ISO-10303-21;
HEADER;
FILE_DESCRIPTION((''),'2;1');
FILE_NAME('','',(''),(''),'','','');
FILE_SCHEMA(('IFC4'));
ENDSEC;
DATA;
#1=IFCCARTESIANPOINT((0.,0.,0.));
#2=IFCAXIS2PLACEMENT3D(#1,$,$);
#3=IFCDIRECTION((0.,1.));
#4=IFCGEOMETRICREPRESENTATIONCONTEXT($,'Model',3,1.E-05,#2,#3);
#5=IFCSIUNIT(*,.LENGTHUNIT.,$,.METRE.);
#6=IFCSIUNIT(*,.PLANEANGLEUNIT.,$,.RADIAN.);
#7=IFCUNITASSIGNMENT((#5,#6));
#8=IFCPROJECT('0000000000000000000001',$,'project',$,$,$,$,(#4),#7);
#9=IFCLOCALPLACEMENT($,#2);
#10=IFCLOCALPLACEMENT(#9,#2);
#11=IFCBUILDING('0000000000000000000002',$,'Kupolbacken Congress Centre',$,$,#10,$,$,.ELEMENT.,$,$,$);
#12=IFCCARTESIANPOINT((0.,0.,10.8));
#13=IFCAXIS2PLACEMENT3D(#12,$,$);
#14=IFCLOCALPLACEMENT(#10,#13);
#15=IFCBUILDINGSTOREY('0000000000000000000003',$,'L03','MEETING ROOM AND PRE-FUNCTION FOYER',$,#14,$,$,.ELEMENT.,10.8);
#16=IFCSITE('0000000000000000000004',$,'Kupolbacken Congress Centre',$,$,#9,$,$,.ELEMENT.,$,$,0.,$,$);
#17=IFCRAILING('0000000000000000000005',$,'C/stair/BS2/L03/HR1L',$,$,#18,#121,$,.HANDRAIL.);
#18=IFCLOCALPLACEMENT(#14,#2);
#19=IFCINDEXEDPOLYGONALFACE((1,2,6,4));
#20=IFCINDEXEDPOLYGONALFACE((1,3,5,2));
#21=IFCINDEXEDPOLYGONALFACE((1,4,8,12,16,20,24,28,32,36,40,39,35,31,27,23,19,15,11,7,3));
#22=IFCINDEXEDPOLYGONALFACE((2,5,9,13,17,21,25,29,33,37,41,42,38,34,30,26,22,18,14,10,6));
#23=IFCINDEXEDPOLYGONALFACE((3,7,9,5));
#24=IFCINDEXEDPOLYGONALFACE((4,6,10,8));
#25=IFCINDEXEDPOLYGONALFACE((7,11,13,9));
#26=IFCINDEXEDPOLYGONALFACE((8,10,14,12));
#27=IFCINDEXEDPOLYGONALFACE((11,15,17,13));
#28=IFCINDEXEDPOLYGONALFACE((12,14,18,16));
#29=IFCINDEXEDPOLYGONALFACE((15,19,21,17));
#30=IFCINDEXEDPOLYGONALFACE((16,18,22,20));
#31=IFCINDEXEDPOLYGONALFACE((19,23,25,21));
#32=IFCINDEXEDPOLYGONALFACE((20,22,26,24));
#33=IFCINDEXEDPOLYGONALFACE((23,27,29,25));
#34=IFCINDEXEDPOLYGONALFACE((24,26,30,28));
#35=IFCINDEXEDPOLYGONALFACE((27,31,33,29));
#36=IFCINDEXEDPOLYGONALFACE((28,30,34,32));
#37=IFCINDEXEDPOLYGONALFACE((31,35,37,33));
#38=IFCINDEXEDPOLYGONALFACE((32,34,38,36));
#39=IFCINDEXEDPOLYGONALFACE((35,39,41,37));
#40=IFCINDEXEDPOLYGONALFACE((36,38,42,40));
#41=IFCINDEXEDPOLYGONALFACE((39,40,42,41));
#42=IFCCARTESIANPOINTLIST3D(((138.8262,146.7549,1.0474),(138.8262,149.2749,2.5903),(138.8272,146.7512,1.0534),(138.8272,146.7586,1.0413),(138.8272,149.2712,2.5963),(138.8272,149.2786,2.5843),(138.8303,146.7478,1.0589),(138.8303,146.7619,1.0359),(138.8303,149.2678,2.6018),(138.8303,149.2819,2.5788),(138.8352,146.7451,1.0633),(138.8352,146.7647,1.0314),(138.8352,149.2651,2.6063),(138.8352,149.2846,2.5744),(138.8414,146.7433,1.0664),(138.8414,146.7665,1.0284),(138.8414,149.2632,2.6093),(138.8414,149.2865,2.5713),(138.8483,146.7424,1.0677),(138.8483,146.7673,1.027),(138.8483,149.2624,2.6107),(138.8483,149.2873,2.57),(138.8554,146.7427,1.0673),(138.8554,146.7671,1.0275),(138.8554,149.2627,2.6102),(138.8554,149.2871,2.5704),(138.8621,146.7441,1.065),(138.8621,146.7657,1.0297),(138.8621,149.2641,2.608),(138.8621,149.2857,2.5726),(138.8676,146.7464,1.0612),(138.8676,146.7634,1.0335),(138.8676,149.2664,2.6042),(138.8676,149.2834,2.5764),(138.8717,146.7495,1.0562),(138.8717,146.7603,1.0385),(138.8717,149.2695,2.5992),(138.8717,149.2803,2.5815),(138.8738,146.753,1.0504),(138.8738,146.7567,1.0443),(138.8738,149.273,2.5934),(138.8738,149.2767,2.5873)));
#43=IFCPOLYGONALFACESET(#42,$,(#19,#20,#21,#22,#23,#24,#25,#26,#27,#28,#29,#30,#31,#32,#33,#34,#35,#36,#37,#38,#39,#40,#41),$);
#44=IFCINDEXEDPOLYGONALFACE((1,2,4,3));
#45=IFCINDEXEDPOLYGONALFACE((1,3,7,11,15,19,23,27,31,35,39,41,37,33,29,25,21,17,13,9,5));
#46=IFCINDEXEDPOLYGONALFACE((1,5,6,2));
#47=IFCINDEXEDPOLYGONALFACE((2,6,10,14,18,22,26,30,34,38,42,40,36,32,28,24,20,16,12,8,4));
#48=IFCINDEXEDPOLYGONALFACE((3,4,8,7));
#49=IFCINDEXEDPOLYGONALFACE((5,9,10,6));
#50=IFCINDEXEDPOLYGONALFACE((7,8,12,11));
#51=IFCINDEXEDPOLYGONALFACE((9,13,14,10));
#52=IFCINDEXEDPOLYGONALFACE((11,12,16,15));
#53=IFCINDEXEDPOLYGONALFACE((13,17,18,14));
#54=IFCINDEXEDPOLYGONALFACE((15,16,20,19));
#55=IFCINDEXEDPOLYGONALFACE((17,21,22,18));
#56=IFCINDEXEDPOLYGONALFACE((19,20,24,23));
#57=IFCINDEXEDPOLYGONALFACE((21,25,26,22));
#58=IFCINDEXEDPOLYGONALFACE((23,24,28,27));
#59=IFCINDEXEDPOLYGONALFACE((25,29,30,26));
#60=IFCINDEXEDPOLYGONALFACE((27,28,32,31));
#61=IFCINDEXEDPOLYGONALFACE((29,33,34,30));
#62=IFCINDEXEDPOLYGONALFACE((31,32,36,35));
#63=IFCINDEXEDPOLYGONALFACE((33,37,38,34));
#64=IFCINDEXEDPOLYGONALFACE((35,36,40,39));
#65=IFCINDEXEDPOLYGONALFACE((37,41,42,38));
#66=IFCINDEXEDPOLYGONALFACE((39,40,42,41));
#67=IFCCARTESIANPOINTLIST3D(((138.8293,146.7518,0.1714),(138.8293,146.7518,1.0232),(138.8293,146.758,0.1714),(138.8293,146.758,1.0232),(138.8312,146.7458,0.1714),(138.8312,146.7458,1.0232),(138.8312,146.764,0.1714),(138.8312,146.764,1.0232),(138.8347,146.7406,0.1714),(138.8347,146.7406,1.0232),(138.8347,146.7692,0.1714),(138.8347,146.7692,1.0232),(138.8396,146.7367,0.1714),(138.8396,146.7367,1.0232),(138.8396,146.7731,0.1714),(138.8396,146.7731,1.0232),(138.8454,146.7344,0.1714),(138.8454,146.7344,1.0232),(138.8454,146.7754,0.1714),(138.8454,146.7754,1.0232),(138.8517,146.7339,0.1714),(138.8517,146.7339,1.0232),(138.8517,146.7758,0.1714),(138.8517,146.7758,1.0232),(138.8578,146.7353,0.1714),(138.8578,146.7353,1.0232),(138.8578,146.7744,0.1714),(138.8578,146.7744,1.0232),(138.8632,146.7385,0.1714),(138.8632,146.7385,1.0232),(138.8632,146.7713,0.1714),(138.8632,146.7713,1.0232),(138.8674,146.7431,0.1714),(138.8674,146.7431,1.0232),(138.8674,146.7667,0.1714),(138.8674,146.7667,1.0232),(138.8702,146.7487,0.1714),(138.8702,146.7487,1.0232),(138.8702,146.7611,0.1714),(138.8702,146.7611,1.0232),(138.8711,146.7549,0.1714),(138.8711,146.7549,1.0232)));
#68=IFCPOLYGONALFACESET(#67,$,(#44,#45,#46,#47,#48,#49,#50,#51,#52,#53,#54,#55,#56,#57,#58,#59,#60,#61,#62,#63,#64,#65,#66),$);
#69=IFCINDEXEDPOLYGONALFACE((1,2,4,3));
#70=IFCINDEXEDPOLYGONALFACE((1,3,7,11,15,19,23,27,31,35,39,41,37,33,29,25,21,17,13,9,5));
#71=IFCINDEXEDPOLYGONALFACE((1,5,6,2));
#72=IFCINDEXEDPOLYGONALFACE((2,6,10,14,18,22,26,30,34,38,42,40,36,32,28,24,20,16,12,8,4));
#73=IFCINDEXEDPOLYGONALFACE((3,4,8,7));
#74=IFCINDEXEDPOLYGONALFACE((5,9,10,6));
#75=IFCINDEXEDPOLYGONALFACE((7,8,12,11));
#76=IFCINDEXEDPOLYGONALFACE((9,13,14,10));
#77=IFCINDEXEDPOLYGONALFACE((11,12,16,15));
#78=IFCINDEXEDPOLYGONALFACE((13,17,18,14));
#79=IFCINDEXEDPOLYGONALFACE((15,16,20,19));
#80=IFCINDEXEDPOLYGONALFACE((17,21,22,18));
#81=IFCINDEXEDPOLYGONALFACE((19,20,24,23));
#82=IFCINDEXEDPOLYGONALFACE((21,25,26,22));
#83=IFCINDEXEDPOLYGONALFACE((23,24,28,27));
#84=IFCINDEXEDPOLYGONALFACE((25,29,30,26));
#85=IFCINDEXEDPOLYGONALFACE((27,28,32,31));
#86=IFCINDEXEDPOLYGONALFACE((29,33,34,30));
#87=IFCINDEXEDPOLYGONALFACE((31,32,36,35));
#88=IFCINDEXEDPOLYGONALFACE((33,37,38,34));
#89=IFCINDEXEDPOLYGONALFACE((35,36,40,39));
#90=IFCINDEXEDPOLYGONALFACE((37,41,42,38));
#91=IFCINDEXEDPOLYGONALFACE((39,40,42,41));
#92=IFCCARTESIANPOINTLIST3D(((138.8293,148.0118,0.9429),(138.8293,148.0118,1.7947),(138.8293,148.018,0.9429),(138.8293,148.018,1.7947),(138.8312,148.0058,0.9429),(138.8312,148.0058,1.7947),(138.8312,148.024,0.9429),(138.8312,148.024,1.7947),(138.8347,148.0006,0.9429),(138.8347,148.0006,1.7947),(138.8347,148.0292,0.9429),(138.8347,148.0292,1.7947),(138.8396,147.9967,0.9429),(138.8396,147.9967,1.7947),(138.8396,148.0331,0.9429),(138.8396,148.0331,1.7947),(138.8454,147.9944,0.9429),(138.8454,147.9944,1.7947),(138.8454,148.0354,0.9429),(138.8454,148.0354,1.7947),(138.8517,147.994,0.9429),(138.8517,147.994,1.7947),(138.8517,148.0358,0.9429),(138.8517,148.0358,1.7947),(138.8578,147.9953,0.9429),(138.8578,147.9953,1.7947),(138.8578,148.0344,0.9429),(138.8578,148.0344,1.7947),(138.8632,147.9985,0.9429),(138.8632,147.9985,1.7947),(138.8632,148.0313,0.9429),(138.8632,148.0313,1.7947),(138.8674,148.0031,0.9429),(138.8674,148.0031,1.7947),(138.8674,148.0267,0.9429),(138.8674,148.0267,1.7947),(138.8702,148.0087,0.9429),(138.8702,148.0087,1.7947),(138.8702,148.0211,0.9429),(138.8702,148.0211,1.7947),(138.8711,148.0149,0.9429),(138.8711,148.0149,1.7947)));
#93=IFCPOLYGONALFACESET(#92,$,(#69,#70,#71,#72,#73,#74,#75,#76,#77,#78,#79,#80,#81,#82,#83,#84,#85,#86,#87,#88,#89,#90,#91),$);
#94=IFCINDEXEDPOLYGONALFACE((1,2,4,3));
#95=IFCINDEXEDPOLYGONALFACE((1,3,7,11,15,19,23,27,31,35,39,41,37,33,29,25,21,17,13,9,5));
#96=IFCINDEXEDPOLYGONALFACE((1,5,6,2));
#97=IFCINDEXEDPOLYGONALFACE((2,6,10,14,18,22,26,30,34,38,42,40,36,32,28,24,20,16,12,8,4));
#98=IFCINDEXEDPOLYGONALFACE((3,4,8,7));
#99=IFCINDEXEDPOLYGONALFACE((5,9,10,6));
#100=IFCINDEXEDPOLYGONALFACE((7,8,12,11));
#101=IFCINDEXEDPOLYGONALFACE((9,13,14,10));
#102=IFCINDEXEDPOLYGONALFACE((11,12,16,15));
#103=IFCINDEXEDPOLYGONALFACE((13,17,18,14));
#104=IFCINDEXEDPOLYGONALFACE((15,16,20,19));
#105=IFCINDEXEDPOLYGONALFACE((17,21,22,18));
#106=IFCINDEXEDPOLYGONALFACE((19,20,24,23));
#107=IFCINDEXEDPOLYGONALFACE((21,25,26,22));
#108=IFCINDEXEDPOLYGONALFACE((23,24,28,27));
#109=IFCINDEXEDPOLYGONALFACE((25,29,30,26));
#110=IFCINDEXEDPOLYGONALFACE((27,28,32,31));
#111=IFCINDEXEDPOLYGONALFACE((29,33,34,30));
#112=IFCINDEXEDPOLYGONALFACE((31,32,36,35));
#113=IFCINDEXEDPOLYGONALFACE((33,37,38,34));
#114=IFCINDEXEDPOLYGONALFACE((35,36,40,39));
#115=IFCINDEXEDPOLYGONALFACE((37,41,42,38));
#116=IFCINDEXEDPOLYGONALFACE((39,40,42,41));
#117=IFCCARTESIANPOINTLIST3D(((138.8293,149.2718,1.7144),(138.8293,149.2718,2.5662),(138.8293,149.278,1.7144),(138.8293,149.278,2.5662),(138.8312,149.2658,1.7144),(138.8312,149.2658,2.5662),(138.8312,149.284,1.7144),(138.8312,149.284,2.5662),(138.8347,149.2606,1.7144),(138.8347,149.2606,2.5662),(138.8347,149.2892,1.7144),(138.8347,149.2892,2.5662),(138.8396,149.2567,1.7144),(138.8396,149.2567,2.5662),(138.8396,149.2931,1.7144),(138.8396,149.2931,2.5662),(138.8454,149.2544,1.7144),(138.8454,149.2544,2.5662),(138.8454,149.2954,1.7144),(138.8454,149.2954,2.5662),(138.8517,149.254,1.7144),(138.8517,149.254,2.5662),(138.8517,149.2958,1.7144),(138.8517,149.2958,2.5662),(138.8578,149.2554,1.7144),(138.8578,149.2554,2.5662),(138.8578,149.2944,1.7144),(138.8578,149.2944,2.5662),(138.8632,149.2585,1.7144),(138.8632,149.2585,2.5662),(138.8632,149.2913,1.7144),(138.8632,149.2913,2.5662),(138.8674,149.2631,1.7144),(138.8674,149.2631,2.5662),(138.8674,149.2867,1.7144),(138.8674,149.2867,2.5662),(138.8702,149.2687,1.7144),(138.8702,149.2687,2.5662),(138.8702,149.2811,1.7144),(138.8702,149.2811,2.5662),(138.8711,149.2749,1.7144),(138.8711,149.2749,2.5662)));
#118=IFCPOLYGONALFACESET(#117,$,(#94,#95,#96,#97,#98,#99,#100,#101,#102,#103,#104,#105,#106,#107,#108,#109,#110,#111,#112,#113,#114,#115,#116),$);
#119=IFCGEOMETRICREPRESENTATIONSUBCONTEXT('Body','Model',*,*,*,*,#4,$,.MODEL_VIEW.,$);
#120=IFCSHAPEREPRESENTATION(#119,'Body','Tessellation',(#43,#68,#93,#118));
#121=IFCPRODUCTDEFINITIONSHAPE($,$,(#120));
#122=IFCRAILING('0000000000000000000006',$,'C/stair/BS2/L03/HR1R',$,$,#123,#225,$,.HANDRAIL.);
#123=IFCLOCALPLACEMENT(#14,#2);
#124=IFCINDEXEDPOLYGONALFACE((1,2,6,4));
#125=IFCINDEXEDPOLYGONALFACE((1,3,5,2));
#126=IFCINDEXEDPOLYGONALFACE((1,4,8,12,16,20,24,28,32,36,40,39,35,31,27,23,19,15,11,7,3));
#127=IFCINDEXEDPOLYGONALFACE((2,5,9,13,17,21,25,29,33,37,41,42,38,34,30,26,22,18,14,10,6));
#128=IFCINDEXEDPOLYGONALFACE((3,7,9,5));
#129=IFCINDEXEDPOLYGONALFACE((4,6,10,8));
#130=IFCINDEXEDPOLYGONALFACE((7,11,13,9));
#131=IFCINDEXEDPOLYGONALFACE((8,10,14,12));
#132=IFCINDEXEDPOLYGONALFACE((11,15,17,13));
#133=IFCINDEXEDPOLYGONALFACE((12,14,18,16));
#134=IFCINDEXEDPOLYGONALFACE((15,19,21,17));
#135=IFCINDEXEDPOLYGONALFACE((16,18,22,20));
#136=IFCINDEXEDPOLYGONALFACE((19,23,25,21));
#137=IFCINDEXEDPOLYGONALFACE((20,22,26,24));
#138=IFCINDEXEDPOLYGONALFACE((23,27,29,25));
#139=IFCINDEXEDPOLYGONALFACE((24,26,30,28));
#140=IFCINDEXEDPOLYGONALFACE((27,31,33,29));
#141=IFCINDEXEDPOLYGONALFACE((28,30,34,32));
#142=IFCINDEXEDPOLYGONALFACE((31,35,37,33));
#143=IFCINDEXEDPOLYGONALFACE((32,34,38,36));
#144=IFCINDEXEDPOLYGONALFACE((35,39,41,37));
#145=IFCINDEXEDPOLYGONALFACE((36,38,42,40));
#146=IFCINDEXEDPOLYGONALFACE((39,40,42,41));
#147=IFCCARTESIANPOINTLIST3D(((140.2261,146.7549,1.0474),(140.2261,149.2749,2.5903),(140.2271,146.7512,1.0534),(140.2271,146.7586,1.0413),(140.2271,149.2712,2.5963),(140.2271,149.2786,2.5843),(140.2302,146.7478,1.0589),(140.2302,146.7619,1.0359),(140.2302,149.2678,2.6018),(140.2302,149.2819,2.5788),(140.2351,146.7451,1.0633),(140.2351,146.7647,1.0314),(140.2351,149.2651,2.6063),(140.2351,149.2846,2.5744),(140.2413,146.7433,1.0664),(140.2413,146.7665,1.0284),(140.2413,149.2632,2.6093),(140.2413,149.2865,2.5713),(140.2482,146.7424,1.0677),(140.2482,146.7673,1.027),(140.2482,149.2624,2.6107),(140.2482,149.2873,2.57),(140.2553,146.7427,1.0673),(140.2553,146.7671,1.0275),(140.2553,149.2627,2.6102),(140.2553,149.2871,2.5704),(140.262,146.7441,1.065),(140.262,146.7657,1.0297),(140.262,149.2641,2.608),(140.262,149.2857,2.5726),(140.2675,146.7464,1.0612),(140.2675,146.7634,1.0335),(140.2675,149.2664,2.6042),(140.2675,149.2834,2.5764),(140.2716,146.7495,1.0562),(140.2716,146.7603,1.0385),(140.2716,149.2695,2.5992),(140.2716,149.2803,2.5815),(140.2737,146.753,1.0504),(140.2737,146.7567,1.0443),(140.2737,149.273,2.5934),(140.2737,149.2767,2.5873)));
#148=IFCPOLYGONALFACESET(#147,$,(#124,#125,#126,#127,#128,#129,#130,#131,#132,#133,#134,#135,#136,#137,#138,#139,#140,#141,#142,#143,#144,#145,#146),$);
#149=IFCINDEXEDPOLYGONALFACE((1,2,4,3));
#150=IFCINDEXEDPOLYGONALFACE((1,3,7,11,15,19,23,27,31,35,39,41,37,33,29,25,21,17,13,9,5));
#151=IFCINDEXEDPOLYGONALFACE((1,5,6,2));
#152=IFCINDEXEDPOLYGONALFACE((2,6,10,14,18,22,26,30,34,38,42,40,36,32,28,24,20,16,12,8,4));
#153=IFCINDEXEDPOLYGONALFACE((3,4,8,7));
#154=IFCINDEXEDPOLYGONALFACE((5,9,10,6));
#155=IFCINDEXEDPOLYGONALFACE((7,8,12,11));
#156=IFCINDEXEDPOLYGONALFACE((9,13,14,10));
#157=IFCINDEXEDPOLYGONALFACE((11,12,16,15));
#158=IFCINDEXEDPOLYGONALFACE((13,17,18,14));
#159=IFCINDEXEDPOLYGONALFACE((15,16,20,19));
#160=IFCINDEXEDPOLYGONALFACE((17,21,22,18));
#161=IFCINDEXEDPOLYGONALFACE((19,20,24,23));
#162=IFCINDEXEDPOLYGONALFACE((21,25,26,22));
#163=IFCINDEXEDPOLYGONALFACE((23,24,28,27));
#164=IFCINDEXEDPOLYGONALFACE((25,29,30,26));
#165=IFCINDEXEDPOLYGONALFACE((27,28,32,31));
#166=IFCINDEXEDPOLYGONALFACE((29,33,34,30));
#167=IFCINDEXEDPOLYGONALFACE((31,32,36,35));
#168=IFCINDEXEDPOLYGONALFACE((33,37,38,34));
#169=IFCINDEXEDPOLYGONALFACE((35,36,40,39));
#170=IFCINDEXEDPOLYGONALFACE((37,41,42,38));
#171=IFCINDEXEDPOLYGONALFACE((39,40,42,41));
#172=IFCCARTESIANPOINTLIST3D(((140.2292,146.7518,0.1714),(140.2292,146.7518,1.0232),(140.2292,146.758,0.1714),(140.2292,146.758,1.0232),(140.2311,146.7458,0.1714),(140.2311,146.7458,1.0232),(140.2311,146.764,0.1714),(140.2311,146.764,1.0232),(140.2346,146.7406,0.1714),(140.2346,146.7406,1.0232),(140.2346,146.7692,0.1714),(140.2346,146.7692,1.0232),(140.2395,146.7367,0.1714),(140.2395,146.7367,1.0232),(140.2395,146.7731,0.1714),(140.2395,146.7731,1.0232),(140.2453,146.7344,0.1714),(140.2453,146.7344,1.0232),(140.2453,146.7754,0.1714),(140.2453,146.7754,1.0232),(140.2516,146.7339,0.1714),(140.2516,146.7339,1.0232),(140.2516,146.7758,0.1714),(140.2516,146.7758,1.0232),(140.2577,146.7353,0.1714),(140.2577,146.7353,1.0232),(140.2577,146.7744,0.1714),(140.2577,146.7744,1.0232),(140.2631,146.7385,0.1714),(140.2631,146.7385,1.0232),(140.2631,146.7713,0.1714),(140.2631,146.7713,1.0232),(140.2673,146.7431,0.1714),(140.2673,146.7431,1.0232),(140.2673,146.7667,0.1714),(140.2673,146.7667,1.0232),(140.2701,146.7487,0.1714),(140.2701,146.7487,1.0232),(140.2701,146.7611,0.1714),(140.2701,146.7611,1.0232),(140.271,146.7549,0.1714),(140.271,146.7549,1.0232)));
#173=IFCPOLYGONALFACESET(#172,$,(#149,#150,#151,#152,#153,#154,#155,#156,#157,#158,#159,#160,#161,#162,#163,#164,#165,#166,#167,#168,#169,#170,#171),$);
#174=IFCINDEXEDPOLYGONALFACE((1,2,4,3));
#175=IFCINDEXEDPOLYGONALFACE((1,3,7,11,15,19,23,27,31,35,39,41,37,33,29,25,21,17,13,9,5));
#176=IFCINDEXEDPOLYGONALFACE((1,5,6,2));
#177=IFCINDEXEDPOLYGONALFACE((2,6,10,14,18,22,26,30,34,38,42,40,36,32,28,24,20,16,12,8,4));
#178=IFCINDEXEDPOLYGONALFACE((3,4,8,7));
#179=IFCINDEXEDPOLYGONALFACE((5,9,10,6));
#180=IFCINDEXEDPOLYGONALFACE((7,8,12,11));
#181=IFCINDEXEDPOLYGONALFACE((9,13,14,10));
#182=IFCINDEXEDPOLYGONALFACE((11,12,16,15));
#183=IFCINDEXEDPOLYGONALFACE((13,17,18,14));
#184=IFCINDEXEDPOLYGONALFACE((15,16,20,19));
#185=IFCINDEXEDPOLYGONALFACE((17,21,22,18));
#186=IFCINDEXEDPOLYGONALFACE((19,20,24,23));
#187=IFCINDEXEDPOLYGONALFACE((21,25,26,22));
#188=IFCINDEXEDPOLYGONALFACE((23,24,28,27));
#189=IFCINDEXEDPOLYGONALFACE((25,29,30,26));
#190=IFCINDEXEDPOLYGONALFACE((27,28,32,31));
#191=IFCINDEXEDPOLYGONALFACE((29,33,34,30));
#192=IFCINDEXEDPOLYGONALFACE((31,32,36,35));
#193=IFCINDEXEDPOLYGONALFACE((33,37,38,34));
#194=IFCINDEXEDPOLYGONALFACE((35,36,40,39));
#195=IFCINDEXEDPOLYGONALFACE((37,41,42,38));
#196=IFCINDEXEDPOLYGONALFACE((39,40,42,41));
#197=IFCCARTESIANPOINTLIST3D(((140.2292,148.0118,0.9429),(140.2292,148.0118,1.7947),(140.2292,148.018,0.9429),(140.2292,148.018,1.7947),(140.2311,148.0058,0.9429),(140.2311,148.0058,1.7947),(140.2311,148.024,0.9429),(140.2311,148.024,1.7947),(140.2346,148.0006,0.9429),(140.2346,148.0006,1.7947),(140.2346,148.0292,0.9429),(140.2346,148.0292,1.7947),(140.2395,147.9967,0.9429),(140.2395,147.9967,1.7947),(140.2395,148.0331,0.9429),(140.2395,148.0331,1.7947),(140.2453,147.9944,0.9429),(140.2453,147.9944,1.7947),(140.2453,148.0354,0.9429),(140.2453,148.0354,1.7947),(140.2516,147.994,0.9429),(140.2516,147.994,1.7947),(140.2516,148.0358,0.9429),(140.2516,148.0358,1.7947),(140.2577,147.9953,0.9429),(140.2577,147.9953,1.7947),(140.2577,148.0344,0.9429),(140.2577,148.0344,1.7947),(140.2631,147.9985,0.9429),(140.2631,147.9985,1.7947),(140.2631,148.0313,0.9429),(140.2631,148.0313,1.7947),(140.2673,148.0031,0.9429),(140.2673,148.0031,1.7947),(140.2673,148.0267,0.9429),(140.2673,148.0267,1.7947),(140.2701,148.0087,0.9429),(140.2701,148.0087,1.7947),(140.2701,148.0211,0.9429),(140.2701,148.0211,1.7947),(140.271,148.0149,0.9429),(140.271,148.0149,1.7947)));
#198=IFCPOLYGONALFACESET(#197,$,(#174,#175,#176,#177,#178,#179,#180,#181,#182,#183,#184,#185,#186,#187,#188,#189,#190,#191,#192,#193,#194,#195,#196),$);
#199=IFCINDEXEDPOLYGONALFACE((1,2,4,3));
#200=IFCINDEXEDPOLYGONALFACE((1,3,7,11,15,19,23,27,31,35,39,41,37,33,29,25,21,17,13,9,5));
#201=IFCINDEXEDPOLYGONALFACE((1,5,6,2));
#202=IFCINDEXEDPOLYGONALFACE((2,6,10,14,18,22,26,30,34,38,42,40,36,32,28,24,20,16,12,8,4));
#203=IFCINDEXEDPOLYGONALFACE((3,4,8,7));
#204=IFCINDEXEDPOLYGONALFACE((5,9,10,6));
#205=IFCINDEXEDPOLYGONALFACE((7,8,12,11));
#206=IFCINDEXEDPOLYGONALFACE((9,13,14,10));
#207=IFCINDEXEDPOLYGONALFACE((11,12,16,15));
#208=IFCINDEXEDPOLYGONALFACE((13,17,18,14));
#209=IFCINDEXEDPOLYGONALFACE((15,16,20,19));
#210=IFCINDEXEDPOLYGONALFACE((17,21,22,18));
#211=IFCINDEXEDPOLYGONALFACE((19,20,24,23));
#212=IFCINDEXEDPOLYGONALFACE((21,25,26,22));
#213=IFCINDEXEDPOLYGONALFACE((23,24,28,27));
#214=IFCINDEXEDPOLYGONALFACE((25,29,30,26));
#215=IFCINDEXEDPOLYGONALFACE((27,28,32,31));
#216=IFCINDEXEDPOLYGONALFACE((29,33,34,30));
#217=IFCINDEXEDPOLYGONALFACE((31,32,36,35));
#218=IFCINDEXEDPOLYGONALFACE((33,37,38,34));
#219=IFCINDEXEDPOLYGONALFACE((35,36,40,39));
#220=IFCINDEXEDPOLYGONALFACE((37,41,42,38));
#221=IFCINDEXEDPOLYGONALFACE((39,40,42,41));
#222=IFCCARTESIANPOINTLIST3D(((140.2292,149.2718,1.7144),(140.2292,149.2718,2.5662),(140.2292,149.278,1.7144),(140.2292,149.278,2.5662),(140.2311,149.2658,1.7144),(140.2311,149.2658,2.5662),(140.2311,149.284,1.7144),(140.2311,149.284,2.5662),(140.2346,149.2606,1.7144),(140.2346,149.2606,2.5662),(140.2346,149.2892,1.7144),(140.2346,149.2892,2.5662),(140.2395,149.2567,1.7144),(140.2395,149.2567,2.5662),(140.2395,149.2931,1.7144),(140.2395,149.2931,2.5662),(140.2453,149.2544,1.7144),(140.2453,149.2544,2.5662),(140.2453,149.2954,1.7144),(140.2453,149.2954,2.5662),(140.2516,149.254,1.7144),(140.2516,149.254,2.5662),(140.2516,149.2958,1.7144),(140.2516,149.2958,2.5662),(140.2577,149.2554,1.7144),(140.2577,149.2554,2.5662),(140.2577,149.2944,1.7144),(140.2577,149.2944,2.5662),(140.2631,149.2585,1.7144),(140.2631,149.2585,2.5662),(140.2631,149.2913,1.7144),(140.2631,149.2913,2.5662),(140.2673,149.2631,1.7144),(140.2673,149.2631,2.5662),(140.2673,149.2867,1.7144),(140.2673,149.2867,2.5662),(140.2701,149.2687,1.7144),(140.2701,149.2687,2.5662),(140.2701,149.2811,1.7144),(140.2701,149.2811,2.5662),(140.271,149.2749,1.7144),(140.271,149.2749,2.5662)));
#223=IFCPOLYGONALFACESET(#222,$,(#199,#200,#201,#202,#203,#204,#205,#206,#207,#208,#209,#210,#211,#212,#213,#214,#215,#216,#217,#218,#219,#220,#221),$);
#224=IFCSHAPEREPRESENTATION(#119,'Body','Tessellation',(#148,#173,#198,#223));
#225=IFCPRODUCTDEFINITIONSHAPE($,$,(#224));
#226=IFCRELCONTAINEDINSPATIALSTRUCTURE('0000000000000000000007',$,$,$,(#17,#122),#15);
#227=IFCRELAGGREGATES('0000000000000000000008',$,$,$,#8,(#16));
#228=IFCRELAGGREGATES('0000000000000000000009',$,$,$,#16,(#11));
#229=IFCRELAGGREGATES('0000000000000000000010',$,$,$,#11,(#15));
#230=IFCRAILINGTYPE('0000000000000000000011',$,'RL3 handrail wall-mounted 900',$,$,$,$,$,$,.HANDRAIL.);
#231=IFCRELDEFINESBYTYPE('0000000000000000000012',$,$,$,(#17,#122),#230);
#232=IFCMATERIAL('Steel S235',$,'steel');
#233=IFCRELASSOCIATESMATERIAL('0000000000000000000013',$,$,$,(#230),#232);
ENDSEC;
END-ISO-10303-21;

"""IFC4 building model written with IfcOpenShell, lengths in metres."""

from ifc_helpers import new_model, si_unit, direction, frame, origin, origin_2d, place, context, subcontext, project, spatial, circle, extrude, material, type_object, element, save


model = new_model("IFC4")

# Units and contexts
model_context = context("Model", 3, precision=1e-05, world=origin(), true_north=direction((0.0, 1.0)))
body_context = subcontext(model_context, "Body", "Model", "MODEL_VIEW")
ifc_project = project(units=[si_unit("LENGTHUNIT", "METRE"), si_unit("PLANEANGLEUNIT", "RADIAN")], contexts=[model_context])

# Site, building, storey
site_placement = place(None, origin())
site = spatial("IfcSite", under=ifc_project, at=site_placement, Name="Kupolbacken Congress Centre", CompositionType="ELEMENT", RefElevation=0.0)
building_placement = place(site_placement, origin())
building = spatial("IfcBuilding", under=site, at=building_placement, Name="Kupolbacken Congress Centre", CompositionType="ELEMENT")
storey_placement = place(building_placement, frame((0.0, 0.0, 10.8)))
storey = spatial("IfcBuildingStorey", under=building, at=storey_placement, Name="L03", Description="MEETING ROOM AND PRE-FUNCTION FOYER", CompositionType="ELEMENT", Elevation=10.8)

# Railings
ifc_material_1 = material(Name="Steel S235", Category="steel")
railing_type = type_object("IfcRailingType", Name="RL3 handrail wall-mounted 900", PredefinedType="HANDRAIL", material=ifc_material_1)
for number, where, name in (
    (1, (138.8501, 146.7549, 0.1714), "C/stair/BS2/L03/HR1L"),
    (2, (140.25, 146.7549, 0.1714), "C/stair/BS2/L03/HR1R"),
):
    element("IfcRailing", number, at=place(storey_placement, frame(where)), inside=storey, type_object=railing_type, Name=name, PredefinedType="HANDRAIL", context=body_context, shape_type="SweptSolid", body=[
        extrude(circle(Radius=0.0239, at=origin_2d()), frame((0.0, 0.0, 0.876), z_axis=(0.0, 0.852836, 0.522178), x_axis=(-1.0, 0.0, 0.0)), (0.0, 0.0, 1.0), 2.9548),
        extrude(circle(Radius=0.021, at=origin_2d()), origin(), (0.0, 0.0, 1.0), 0.8518),
        extrude(circle(Radius=0.021, at=origin_2d()), frame((0.0, 1.26, 0.7715)), (0.0, 0.0, 1.0), 0.8518),
        extrude(circle(Radius=0.021, at=origin_2d()), frame((0.0, 2.52, 1.543)), (0.0, 0.0, 1.0), 0.8518),
    ])

save(model, "model.ifc")
